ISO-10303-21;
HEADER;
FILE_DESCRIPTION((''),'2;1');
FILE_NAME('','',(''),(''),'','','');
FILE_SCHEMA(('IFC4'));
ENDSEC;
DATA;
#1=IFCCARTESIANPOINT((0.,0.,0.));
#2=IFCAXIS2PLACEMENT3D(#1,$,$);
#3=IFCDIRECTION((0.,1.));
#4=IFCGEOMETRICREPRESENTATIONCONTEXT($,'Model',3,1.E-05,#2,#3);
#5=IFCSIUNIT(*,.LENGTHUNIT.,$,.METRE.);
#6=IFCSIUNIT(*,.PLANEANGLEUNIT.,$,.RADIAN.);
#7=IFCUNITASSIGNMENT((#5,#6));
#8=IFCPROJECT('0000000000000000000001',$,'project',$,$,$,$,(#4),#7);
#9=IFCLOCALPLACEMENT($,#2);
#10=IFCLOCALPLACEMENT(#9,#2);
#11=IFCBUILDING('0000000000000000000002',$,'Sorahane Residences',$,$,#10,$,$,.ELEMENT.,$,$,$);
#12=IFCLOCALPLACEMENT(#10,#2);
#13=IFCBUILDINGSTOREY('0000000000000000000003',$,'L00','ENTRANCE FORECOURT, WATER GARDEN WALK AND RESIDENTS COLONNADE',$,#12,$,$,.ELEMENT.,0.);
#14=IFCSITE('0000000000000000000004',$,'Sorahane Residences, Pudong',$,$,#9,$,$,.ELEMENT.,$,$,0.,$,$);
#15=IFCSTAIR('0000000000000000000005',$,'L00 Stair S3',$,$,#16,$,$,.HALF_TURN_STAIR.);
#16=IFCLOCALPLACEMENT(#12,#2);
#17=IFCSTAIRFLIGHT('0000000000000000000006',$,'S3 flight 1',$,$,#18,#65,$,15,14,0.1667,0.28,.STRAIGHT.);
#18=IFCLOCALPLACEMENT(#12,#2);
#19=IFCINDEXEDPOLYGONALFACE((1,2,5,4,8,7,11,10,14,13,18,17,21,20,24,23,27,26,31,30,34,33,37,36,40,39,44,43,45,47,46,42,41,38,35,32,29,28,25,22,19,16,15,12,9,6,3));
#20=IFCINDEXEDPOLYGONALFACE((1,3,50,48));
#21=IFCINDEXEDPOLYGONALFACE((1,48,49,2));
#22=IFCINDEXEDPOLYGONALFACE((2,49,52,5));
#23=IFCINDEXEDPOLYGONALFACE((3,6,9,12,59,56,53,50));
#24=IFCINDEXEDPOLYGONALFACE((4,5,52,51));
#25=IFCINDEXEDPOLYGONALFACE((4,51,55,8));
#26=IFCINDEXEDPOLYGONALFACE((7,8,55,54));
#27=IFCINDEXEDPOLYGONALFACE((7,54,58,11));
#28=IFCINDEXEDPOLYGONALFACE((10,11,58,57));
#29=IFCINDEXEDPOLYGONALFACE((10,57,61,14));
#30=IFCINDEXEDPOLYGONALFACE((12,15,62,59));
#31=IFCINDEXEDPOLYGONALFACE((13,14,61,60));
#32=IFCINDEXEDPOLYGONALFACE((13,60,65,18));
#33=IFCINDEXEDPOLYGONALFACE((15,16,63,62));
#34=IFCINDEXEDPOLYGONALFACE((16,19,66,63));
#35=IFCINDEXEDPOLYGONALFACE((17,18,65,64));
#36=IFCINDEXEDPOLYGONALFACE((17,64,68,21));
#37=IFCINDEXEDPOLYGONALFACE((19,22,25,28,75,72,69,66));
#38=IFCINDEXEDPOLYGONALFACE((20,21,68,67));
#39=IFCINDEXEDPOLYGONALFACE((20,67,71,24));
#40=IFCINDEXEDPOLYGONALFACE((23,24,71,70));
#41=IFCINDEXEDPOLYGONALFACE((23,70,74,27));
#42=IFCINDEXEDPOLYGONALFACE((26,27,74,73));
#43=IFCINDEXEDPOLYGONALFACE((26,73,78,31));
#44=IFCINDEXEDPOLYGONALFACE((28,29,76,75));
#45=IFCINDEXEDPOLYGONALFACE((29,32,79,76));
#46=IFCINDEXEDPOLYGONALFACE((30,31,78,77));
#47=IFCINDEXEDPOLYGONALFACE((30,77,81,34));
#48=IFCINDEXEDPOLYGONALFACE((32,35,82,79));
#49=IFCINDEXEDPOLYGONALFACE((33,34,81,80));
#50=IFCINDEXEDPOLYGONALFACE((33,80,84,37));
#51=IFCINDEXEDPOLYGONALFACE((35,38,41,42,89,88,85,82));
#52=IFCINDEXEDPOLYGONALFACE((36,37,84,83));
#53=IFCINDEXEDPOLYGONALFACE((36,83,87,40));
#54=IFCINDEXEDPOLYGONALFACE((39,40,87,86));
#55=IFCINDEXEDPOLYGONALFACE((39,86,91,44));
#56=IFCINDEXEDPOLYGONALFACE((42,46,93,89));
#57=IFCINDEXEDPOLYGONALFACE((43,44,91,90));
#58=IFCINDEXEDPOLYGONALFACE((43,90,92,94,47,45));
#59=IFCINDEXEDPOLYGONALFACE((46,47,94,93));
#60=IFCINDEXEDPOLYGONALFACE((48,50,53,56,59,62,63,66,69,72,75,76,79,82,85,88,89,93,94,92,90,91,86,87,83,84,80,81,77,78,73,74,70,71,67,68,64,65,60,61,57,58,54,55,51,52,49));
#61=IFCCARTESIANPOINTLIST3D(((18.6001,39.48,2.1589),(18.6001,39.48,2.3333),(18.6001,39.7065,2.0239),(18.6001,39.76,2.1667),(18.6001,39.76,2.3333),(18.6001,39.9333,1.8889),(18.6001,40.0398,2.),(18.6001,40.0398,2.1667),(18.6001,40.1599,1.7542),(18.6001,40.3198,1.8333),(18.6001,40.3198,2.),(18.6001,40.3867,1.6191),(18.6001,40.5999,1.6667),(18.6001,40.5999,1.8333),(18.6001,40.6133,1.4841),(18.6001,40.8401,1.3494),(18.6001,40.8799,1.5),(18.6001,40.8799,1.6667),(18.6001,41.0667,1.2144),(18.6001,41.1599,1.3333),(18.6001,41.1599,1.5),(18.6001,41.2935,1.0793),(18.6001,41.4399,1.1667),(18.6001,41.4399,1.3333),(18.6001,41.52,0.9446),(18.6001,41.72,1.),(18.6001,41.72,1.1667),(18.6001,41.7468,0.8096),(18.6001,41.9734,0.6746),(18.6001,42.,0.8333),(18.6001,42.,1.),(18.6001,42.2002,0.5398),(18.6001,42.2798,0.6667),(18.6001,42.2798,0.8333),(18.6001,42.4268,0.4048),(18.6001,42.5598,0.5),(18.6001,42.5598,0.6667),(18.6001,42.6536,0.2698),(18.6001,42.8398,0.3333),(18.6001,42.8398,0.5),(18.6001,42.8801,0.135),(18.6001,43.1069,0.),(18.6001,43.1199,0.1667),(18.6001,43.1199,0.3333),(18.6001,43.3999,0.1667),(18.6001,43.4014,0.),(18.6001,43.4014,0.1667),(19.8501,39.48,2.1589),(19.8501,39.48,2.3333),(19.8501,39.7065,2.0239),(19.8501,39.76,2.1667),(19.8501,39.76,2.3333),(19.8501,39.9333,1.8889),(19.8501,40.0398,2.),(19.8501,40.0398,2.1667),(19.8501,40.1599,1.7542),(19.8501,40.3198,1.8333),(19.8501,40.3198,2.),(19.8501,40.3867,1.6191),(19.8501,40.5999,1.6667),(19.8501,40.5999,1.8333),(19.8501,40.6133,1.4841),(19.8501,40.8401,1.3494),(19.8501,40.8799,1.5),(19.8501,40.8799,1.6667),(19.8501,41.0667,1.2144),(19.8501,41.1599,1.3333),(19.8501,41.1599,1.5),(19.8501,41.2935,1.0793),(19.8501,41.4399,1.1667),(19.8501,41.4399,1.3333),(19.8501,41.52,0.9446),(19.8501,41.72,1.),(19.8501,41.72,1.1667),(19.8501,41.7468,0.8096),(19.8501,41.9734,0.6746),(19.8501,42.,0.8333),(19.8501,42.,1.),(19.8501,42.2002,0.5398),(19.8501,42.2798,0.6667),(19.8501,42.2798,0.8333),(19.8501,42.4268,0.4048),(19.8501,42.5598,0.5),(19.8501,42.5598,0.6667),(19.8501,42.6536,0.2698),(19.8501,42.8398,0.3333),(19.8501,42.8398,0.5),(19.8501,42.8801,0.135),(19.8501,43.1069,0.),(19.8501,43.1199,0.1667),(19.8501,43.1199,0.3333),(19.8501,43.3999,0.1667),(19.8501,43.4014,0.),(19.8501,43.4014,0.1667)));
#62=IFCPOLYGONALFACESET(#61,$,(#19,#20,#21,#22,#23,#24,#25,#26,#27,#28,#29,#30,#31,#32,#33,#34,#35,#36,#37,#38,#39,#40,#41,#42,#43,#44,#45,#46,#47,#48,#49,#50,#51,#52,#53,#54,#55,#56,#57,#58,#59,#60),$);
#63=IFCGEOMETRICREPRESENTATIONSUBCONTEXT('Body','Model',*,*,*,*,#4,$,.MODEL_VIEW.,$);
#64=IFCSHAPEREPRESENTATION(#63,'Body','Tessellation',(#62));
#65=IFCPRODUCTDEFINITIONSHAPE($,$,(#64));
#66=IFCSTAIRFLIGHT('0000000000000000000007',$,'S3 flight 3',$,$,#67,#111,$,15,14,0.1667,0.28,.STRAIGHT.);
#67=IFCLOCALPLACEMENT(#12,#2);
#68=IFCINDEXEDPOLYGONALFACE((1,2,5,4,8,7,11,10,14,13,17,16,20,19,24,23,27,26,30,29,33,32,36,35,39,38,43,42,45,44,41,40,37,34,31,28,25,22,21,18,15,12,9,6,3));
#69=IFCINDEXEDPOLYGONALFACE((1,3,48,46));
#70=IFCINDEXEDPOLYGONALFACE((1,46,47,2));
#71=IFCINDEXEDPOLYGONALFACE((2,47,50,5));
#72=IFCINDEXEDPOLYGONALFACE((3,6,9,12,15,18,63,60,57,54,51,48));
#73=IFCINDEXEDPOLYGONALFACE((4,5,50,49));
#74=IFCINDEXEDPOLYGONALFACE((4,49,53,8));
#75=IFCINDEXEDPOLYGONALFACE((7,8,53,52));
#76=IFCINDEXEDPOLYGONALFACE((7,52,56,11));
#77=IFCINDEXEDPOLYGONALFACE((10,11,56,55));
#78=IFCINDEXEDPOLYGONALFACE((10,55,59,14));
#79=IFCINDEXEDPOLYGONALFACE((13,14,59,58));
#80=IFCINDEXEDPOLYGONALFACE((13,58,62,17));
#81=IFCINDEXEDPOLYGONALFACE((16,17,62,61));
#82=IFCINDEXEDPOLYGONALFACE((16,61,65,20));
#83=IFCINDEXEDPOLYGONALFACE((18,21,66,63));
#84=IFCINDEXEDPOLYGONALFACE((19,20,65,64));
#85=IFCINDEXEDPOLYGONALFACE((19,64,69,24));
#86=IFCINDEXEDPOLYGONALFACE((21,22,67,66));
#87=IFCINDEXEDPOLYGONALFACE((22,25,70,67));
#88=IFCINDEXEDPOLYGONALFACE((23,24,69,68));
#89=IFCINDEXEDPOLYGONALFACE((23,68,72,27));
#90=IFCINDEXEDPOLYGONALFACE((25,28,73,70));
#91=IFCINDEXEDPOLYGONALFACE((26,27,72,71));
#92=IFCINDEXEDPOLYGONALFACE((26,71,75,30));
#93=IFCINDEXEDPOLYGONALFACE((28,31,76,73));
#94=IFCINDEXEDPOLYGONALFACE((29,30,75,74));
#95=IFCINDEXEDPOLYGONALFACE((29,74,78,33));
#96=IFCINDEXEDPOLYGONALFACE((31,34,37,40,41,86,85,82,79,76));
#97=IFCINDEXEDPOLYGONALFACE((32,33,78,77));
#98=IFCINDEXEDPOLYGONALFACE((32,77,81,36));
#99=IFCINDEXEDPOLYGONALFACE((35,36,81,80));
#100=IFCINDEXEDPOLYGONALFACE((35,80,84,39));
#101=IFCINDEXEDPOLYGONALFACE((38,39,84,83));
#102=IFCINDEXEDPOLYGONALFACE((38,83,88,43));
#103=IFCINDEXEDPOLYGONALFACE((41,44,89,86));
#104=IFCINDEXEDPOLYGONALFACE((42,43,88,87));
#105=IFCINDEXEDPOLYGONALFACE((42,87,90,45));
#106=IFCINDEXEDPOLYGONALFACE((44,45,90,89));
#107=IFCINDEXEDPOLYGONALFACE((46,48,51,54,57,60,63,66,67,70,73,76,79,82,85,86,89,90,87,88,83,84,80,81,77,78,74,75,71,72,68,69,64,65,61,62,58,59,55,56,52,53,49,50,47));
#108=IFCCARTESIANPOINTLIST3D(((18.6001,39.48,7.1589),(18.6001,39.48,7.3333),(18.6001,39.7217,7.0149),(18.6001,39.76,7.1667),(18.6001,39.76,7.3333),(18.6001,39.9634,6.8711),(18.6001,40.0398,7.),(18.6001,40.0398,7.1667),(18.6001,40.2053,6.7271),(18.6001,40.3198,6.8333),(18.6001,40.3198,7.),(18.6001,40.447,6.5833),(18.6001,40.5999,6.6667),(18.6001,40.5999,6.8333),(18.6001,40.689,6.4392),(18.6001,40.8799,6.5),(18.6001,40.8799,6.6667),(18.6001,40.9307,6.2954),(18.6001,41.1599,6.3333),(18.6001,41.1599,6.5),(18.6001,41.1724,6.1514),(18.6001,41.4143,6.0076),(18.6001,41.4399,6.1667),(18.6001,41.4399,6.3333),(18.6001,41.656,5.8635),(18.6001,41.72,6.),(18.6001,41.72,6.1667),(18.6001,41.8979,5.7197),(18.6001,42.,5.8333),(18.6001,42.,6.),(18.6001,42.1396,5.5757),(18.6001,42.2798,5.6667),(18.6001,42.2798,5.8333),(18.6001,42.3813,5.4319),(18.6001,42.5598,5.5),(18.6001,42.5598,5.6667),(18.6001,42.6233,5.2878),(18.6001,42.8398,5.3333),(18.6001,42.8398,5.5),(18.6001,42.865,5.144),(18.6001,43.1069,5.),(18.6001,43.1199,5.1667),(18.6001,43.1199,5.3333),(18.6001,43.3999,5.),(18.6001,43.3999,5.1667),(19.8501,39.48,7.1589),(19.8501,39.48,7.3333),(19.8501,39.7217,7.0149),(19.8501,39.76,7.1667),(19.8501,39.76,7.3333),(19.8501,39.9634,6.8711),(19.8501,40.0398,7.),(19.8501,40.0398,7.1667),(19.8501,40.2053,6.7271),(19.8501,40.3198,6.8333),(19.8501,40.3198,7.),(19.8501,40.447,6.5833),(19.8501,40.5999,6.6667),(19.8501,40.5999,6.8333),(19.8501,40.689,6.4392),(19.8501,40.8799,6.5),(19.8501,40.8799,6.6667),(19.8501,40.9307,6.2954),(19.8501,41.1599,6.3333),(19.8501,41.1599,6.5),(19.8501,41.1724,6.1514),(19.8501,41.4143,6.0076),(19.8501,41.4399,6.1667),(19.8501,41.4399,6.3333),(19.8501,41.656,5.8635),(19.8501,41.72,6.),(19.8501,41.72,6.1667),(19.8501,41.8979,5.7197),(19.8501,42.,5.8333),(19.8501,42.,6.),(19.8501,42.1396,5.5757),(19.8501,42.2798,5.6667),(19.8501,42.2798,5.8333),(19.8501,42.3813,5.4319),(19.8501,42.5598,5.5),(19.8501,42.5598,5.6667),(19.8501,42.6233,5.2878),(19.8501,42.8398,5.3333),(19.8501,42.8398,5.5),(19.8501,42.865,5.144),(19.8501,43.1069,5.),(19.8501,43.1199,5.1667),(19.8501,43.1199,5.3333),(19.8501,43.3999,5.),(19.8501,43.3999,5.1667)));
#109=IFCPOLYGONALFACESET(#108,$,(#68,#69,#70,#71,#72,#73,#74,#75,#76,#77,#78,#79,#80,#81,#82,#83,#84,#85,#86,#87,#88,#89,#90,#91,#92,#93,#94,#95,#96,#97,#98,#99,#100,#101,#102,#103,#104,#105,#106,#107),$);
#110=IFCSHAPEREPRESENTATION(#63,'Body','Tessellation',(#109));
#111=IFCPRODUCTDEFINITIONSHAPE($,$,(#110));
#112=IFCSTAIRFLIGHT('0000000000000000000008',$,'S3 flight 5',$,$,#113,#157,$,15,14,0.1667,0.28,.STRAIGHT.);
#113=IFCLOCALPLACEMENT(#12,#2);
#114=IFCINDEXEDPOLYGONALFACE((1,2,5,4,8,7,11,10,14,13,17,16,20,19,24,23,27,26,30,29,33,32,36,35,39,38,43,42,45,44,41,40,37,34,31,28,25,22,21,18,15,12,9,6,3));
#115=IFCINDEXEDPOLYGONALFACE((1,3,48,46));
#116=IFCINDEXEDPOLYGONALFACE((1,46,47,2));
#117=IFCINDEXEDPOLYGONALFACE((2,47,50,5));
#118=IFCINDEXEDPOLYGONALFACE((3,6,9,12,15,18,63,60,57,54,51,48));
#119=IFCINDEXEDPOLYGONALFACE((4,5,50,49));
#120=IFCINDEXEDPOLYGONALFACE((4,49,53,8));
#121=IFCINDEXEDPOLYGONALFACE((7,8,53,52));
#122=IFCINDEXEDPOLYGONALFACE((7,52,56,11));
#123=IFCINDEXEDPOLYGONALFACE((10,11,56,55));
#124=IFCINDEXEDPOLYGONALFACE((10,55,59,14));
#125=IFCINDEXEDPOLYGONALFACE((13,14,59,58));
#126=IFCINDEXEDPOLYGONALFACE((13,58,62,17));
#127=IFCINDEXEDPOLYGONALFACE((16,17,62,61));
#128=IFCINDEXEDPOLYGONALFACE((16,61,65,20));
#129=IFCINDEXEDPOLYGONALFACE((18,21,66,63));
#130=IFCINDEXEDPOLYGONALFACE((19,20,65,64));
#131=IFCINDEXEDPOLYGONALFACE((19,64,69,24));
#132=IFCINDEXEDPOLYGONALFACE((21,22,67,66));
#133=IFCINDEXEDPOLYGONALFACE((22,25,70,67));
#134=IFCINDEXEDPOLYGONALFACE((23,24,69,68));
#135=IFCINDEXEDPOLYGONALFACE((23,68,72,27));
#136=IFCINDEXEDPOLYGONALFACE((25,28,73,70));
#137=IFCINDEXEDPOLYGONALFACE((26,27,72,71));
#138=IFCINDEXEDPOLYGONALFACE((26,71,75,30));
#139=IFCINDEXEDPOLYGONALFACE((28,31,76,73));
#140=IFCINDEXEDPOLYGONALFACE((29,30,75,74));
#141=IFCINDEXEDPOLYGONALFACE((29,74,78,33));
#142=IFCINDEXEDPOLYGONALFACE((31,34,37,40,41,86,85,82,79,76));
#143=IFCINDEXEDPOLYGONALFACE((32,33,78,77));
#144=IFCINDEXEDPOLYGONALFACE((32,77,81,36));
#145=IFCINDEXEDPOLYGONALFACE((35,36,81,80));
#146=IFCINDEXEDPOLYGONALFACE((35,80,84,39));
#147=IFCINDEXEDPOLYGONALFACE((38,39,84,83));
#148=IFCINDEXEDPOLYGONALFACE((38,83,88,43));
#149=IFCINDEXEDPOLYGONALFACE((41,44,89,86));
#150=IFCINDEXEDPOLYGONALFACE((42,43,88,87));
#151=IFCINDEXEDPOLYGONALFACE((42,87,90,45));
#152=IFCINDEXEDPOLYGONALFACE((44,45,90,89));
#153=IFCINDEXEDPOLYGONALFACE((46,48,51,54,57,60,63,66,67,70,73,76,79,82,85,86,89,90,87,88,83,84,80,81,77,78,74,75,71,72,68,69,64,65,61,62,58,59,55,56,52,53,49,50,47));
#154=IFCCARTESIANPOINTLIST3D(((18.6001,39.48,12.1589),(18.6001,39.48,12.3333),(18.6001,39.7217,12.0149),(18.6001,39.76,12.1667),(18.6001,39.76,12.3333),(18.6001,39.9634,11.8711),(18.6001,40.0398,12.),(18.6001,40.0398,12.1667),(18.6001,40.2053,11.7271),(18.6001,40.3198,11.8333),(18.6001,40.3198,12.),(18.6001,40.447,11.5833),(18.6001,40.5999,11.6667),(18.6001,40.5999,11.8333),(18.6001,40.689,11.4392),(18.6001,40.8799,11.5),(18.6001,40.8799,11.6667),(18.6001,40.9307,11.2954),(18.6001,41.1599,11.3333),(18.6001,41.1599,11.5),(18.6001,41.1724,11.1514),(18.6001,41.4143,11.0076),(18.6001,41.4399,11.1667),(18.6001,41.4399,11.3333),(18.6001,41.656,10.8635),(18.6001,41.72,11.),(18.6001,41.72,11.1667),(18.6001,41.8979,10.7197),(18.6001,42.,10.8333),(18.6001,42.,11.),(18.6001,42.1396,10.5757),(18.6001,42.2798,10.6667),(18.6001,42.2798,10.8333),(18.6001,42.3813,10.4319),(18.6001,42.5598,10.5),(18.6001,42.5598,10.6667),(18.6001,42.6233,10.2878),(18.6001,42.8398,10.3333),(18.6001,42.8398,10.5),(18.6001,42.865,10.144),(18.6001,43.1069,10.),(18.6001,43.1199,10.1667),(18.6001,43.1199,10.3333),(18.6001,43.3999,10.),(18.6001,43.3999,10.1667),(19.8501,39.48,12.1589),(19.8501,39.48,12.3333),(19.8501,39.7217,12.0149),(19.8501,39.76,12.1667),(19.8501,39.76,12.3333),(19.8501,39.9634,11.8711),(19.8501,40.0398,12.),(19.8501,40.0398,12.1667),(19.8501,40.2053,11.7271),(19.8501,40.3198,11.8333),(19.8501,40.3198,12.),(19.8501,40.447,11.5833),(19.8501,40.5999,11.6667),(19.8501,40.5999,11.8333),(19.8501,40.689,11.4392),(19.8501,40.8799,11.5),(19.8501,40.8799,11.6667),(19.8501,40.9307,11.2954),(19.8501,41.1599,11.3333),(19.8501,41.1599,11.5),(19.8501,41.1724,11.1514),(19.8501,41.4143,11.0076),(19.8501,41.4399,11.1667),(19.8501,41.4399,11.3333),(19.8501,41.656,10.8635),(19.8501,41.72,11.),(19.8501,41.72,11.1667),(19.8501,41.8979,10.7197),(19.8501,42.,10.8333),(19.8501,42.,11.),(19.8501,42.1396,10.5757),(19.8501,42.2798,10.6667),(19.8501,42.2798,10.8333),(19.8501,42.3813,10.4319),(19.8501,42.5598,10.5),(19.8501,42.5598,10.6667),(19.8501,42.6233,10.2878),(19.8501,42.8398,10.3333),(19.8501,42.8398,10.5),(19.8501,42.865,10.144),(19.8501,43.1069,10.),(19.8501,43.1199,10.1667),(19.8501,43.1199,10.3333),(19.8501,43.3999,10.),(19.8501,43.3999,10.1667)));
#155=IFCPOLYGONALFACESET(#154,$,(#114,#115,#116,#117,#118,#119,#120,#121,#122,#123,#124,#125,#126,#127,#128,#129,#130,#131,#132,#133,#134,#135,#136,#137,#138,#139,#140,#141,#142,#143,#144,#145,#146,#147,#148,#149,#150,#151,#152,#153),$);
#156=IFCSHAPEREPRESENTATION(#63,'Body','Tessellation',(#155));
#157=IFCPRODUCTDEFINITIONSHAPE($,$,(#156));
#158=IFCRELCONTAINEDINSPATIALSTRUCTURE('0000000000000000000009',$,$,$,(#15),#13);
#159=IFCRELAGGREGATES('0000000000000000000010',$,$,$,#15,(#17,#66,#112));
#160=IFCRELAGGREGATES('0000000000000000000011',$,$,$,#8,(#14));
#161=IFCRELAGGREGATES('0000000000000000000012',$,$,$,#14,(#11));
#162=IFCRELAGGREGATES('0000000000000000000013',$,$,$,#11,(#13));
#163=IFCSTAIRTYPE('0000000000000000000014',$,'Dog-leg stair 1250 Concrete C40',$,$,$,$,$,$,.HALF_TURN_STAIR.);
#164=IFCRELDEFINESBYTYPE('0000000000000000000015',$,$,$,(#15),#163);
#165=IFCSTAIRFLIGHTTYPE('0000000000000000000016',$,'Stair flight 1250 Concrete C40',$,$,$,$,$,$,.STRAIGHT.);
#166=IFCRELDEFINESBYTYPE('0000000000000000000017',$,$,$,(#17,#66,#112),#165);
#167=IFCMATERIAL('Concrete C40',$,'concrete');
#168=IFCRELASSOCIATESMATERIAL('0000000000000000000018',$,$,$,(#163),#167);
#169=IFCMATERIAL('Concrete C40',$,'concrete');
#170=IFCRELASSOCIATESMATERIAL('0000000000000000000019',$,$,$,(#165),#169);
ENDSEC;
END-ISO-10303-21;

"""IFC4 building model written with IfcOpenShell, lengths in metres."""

from ifc_helpers import new_model, si_unit, direction, frame, origin, place, context, subcontext, project, spatial, polyline, outline, extrude, material, type_object, element, aggregate, save


model = new_model("IFC4")

# Units and contexts
model_context = context("Model", 3, precision=1e-05, world=origin(), true_north=direction((0.0, 1.0)))
body_context = subcontext(model_context, "Body", "Model", "MODEL_VIEW")
ifc_project = project(units=[si_unit("LENGTHUNIT", "METRE"), si_unit("PLANEANGLEUNIT", "RADIAN")], contexts=[model_context])

# Site, building, storey
site_placement = place(None, origin())
site = spatial("IfcSite", under=ifc_project, at=site_placement, Name="Sorahane Residences, Pudong", CompositionType="ELEMENT", RefElevation=0.0)
building_placement = place(site_placement, origin())
building = spatial("IfcBuilding", under=site, at=building_placement, Name="Sorahane Residences", CompositionType="ELEMENT")
storey_placement = place(building_placement, origin())
storey = spatial("IfcBuildingStorey", under=building, at=storey_placement, Name="L00", Description="ENTRANCE FORECOURT, WATER GARDEN WALK AND RESIDENTS COLONNADE", CompositionType="ELEMENT", Elevation=0.0)

# Stair, stair flights
ifc_material_1 = material(Name="Concrete C40", Category="concrete")
stair_type = type_object("IfcStairType", Name="Dog-leg stair 1250 Concrete C40", PredefinedType="HALF_TURN_STAIR", material=ifc_material_1)
stair_placement = place(storey_placement, origin())
stair = element("IfcStair", 1, at=stair_placement, inside=storey, type_object=stair_type, Name="L00 Stair S3", PredefinedType="HALF_TURN_STAIR")
ifc_material_2 = material(Name="Concrete C40", Category="concrete")
stair_flight_type = type_object("IfcStairFlightType", Name="Stair flight 1250 Concrete C40", PredefinedType="STRAIGHT", material=ifc_material_2)
stair_flight_1_placement = place(storey_placement, frame((19.2251, 43.3999, 0.0), z_axis=(0.0, 0.0, 1.0), x_axis=(0.0, -1.0, 0.0)))
stair_flight_1 = element("IfcStairFlight", 2, at=stair_flight_1_placement, type_object=stair_flight_type, Name="S3 flight 1", NumberOfRisers=15, NumberOfTreads=14, PredefinedType="STRAIGHT", RiserHeight=0.1667, TreadLength=0.28, context=body_context, shape_type="SweptSolid", body=[
    extrude(outline(polyline([(-0.0015, 0.0), (-0.0015, 0.1667), (0.0, 0.1667), (0.28, 0.1667), (0.28, 0.3333), (0.5601, 0.3333), (0.5601, 0.5), (0.8401, 0.5), (0.8401, 0.6667), (1.1201, 0.6667), (1.1201, 0.8333), (1.3999, 0.8333), (1.3999, 1.0), (1.6799, 1.0), (1.6799, 1.1667), (1.96, 1.1667), (1.96, 1.3333), (2.24, 1.3333), (2.24, 1.5), (2.52, 1.5), (2.52, 1.6667), (2.8, 1.6667), (2.8, 1.8333), (3.0801, 1.8333), (3.0801, 2.0), (3.3601, 2.0), (3.3601, 2.1667), (3.6399, 2.1667), (3.6399, 2.3333), (3.9199, 2.3333), (3.9199, 2.5), (3.9199, 2.1589), (3.6934, 2.0239), (3.4666, 1.8889), (3.24, 1.7542), (3.0132, 1.6191), (2.7866, 1.4841), (2.5598, 1.3494), (2.3333, 1.2144), (2.1064, 1.0793), (1.8799, 0.9446), (1.6531, 0.8096), (1.4265, 0.6746), (1.1997, 0.5398), (0.9731, 0.4048), (0.7463, 0.2698), (0.5198, 0.135), (0.293, 0.0), (-0.0015, 0.0)])), frame((0.0, 0.625, 0.0), z_axis=(0.0, -1.0, 0.0), x_axis=(1.0, 0.0, 0.0)), (0.0, 0.0, 1.0), 1.25),
])
stair_flight_2_placement = place(storey_placement, frame((19.2251, 43.3999, 5.0), z_axis=(0.0, 0.0, 1.0), x_axis=(0.0, -1.0, 0.0)))
stair_flight_2 = element("IfcStairFlight", 3, at=stair_flight_2_placement, type_object=stair_flight_type, Name="S3 flight 3", NumberOfRisers=15, NumberOfTreads=14, PredefinedType="STRAIGHT", RiserHeight=0.1667, TreadLength=0.28, context=body_context, shape_type="SweptSolid", body=[
    extrude(outline(polyline([(0.0, 0.0), (0.0, 0.1667), (0.28, 0.1667), (0.28, 0.3333), (0.5601, 0.3333), (0.5601, 0.5), (0.8401, 0.5), (0.8401, 0.6667), (1.1201, 0.6667), (1.1201, 0.8333), (1.3999, 0.8333), (1.3999, 1.0), (1.6799, 1.0), (1.6799, 1.1667), (1.96, 1.1667), (1.96, 1.3333), (2.24, 1.3333), (2.24, 1.5), (2.52, 1.5), (2.52, 1.6667), (2.8, 1.6667), (2.8, 1.8333), (3.0801, 1.8333), (3.0801, 2.0), (3.3601, 2.0), (3.3601, 2.1667), (3.6399, 2.1667), (3.6399, 2.3333), (3.9199, 2.3333), (3.9199, 2.5), (3.9199, 2.1589), (3.6782, 2.0149), (3.4365, 1.8711), (3.1946, 1.7271), (2.9529, 1.5833), (2.7109, 1.4392), (2.4692, 1.2954), (2.2275, 1.1514), (1.9856, 1.0076), (1.7439, 0.8635), (1.502, 0.7197), (1.2603, 0.5757), (1.0186, 0.4319), (0.7766, 0.2878), (0.5349, 0.144), (0.293, 0.0), (0.0, 0.0)])), frame((0.0, 0.625, 0.0), z_axis=(0.0, -1.0, 0.0), x_axis=(1.0, 0.0, 0.0)), (0.0, 0.0, 1.0), 1.25),
])
stair_flight_3_placement = place(storey_placement, frame((19.2251, 43.3999, 10.0), z_axis=(0.0, 0.0, 1.0), x_axis=(0.0, -1.0, 0.0)))
stair_flight_3 = element("IfcStairFlight", 4, at=stair_flight_3_placement, type_object=stair_flight_type, Name="S3 flight 5", NumberOfRisers=15, NumberOfTreads=14, PredefinedType="STRAIGHT", RiserHeight=0.1667, TreadLength=0.28, context=body_context, shape_type="SweptSolid", body=[
    extrude(outline(polyline([(0.0, 0.0), (0.0, 0.1667), (0.28, 0.1667), (0.28, 0.3333), (0.5601, 0.3333), (0.5601, 0.5), (0.8401, 0.5), (0.8401, 0.6667), (1.1201, 0.6667), (1.1201, 0.8333), (1.3999, 0.8333), (1.3999, 1.0), (1.6799, 1.0), (1.6799, 1.1667), (1.96, 1.1667), (1.96, 1.3333), (2.24, 1.3333), (2.24, 1.5), (2.52, 1.5), (2.52, 1.6667), (2.8, 1.6667), (2.8, 1.8333), (3.0801, 1.8333), (3.0801, 2.0), (3.3601, 2.0), (3.3601, 2.1667), (3.6399, 2.1667), (3.6399, 2.3333), (3.9199, 2.3333), (3.9199, 2.5), (3.9199, 2.1589), (3.6782, 2.0149), (3.4365, 1.8711), (3.1946, 1.7271), (2.9529, 1.5833), (2.7109, 1.4392), (2.4692, 1.2954), (2.2275, 1.1514), (1.9856, 1.0076), (1.7439, 0.8635), (1.502, 0.7197), (1.2603, 0.5757), (1.0186, 0.4319), (0.7766, 0.2878), (0.5349, 0.144), (0.293, 0.0), (0.0, 0.0)])), frame((0.0, 0.625, 0.0), z_axis=(0.0, -1.0, 0.0), x_axis=(1.0, 0.0, 0.0)), (0.0, 0.0, 1.0), 1.25),
])
aggregate(stair, [stair_flight_1, stair_flight_2, stair_flight_3])

save(model, "model.ifc")
